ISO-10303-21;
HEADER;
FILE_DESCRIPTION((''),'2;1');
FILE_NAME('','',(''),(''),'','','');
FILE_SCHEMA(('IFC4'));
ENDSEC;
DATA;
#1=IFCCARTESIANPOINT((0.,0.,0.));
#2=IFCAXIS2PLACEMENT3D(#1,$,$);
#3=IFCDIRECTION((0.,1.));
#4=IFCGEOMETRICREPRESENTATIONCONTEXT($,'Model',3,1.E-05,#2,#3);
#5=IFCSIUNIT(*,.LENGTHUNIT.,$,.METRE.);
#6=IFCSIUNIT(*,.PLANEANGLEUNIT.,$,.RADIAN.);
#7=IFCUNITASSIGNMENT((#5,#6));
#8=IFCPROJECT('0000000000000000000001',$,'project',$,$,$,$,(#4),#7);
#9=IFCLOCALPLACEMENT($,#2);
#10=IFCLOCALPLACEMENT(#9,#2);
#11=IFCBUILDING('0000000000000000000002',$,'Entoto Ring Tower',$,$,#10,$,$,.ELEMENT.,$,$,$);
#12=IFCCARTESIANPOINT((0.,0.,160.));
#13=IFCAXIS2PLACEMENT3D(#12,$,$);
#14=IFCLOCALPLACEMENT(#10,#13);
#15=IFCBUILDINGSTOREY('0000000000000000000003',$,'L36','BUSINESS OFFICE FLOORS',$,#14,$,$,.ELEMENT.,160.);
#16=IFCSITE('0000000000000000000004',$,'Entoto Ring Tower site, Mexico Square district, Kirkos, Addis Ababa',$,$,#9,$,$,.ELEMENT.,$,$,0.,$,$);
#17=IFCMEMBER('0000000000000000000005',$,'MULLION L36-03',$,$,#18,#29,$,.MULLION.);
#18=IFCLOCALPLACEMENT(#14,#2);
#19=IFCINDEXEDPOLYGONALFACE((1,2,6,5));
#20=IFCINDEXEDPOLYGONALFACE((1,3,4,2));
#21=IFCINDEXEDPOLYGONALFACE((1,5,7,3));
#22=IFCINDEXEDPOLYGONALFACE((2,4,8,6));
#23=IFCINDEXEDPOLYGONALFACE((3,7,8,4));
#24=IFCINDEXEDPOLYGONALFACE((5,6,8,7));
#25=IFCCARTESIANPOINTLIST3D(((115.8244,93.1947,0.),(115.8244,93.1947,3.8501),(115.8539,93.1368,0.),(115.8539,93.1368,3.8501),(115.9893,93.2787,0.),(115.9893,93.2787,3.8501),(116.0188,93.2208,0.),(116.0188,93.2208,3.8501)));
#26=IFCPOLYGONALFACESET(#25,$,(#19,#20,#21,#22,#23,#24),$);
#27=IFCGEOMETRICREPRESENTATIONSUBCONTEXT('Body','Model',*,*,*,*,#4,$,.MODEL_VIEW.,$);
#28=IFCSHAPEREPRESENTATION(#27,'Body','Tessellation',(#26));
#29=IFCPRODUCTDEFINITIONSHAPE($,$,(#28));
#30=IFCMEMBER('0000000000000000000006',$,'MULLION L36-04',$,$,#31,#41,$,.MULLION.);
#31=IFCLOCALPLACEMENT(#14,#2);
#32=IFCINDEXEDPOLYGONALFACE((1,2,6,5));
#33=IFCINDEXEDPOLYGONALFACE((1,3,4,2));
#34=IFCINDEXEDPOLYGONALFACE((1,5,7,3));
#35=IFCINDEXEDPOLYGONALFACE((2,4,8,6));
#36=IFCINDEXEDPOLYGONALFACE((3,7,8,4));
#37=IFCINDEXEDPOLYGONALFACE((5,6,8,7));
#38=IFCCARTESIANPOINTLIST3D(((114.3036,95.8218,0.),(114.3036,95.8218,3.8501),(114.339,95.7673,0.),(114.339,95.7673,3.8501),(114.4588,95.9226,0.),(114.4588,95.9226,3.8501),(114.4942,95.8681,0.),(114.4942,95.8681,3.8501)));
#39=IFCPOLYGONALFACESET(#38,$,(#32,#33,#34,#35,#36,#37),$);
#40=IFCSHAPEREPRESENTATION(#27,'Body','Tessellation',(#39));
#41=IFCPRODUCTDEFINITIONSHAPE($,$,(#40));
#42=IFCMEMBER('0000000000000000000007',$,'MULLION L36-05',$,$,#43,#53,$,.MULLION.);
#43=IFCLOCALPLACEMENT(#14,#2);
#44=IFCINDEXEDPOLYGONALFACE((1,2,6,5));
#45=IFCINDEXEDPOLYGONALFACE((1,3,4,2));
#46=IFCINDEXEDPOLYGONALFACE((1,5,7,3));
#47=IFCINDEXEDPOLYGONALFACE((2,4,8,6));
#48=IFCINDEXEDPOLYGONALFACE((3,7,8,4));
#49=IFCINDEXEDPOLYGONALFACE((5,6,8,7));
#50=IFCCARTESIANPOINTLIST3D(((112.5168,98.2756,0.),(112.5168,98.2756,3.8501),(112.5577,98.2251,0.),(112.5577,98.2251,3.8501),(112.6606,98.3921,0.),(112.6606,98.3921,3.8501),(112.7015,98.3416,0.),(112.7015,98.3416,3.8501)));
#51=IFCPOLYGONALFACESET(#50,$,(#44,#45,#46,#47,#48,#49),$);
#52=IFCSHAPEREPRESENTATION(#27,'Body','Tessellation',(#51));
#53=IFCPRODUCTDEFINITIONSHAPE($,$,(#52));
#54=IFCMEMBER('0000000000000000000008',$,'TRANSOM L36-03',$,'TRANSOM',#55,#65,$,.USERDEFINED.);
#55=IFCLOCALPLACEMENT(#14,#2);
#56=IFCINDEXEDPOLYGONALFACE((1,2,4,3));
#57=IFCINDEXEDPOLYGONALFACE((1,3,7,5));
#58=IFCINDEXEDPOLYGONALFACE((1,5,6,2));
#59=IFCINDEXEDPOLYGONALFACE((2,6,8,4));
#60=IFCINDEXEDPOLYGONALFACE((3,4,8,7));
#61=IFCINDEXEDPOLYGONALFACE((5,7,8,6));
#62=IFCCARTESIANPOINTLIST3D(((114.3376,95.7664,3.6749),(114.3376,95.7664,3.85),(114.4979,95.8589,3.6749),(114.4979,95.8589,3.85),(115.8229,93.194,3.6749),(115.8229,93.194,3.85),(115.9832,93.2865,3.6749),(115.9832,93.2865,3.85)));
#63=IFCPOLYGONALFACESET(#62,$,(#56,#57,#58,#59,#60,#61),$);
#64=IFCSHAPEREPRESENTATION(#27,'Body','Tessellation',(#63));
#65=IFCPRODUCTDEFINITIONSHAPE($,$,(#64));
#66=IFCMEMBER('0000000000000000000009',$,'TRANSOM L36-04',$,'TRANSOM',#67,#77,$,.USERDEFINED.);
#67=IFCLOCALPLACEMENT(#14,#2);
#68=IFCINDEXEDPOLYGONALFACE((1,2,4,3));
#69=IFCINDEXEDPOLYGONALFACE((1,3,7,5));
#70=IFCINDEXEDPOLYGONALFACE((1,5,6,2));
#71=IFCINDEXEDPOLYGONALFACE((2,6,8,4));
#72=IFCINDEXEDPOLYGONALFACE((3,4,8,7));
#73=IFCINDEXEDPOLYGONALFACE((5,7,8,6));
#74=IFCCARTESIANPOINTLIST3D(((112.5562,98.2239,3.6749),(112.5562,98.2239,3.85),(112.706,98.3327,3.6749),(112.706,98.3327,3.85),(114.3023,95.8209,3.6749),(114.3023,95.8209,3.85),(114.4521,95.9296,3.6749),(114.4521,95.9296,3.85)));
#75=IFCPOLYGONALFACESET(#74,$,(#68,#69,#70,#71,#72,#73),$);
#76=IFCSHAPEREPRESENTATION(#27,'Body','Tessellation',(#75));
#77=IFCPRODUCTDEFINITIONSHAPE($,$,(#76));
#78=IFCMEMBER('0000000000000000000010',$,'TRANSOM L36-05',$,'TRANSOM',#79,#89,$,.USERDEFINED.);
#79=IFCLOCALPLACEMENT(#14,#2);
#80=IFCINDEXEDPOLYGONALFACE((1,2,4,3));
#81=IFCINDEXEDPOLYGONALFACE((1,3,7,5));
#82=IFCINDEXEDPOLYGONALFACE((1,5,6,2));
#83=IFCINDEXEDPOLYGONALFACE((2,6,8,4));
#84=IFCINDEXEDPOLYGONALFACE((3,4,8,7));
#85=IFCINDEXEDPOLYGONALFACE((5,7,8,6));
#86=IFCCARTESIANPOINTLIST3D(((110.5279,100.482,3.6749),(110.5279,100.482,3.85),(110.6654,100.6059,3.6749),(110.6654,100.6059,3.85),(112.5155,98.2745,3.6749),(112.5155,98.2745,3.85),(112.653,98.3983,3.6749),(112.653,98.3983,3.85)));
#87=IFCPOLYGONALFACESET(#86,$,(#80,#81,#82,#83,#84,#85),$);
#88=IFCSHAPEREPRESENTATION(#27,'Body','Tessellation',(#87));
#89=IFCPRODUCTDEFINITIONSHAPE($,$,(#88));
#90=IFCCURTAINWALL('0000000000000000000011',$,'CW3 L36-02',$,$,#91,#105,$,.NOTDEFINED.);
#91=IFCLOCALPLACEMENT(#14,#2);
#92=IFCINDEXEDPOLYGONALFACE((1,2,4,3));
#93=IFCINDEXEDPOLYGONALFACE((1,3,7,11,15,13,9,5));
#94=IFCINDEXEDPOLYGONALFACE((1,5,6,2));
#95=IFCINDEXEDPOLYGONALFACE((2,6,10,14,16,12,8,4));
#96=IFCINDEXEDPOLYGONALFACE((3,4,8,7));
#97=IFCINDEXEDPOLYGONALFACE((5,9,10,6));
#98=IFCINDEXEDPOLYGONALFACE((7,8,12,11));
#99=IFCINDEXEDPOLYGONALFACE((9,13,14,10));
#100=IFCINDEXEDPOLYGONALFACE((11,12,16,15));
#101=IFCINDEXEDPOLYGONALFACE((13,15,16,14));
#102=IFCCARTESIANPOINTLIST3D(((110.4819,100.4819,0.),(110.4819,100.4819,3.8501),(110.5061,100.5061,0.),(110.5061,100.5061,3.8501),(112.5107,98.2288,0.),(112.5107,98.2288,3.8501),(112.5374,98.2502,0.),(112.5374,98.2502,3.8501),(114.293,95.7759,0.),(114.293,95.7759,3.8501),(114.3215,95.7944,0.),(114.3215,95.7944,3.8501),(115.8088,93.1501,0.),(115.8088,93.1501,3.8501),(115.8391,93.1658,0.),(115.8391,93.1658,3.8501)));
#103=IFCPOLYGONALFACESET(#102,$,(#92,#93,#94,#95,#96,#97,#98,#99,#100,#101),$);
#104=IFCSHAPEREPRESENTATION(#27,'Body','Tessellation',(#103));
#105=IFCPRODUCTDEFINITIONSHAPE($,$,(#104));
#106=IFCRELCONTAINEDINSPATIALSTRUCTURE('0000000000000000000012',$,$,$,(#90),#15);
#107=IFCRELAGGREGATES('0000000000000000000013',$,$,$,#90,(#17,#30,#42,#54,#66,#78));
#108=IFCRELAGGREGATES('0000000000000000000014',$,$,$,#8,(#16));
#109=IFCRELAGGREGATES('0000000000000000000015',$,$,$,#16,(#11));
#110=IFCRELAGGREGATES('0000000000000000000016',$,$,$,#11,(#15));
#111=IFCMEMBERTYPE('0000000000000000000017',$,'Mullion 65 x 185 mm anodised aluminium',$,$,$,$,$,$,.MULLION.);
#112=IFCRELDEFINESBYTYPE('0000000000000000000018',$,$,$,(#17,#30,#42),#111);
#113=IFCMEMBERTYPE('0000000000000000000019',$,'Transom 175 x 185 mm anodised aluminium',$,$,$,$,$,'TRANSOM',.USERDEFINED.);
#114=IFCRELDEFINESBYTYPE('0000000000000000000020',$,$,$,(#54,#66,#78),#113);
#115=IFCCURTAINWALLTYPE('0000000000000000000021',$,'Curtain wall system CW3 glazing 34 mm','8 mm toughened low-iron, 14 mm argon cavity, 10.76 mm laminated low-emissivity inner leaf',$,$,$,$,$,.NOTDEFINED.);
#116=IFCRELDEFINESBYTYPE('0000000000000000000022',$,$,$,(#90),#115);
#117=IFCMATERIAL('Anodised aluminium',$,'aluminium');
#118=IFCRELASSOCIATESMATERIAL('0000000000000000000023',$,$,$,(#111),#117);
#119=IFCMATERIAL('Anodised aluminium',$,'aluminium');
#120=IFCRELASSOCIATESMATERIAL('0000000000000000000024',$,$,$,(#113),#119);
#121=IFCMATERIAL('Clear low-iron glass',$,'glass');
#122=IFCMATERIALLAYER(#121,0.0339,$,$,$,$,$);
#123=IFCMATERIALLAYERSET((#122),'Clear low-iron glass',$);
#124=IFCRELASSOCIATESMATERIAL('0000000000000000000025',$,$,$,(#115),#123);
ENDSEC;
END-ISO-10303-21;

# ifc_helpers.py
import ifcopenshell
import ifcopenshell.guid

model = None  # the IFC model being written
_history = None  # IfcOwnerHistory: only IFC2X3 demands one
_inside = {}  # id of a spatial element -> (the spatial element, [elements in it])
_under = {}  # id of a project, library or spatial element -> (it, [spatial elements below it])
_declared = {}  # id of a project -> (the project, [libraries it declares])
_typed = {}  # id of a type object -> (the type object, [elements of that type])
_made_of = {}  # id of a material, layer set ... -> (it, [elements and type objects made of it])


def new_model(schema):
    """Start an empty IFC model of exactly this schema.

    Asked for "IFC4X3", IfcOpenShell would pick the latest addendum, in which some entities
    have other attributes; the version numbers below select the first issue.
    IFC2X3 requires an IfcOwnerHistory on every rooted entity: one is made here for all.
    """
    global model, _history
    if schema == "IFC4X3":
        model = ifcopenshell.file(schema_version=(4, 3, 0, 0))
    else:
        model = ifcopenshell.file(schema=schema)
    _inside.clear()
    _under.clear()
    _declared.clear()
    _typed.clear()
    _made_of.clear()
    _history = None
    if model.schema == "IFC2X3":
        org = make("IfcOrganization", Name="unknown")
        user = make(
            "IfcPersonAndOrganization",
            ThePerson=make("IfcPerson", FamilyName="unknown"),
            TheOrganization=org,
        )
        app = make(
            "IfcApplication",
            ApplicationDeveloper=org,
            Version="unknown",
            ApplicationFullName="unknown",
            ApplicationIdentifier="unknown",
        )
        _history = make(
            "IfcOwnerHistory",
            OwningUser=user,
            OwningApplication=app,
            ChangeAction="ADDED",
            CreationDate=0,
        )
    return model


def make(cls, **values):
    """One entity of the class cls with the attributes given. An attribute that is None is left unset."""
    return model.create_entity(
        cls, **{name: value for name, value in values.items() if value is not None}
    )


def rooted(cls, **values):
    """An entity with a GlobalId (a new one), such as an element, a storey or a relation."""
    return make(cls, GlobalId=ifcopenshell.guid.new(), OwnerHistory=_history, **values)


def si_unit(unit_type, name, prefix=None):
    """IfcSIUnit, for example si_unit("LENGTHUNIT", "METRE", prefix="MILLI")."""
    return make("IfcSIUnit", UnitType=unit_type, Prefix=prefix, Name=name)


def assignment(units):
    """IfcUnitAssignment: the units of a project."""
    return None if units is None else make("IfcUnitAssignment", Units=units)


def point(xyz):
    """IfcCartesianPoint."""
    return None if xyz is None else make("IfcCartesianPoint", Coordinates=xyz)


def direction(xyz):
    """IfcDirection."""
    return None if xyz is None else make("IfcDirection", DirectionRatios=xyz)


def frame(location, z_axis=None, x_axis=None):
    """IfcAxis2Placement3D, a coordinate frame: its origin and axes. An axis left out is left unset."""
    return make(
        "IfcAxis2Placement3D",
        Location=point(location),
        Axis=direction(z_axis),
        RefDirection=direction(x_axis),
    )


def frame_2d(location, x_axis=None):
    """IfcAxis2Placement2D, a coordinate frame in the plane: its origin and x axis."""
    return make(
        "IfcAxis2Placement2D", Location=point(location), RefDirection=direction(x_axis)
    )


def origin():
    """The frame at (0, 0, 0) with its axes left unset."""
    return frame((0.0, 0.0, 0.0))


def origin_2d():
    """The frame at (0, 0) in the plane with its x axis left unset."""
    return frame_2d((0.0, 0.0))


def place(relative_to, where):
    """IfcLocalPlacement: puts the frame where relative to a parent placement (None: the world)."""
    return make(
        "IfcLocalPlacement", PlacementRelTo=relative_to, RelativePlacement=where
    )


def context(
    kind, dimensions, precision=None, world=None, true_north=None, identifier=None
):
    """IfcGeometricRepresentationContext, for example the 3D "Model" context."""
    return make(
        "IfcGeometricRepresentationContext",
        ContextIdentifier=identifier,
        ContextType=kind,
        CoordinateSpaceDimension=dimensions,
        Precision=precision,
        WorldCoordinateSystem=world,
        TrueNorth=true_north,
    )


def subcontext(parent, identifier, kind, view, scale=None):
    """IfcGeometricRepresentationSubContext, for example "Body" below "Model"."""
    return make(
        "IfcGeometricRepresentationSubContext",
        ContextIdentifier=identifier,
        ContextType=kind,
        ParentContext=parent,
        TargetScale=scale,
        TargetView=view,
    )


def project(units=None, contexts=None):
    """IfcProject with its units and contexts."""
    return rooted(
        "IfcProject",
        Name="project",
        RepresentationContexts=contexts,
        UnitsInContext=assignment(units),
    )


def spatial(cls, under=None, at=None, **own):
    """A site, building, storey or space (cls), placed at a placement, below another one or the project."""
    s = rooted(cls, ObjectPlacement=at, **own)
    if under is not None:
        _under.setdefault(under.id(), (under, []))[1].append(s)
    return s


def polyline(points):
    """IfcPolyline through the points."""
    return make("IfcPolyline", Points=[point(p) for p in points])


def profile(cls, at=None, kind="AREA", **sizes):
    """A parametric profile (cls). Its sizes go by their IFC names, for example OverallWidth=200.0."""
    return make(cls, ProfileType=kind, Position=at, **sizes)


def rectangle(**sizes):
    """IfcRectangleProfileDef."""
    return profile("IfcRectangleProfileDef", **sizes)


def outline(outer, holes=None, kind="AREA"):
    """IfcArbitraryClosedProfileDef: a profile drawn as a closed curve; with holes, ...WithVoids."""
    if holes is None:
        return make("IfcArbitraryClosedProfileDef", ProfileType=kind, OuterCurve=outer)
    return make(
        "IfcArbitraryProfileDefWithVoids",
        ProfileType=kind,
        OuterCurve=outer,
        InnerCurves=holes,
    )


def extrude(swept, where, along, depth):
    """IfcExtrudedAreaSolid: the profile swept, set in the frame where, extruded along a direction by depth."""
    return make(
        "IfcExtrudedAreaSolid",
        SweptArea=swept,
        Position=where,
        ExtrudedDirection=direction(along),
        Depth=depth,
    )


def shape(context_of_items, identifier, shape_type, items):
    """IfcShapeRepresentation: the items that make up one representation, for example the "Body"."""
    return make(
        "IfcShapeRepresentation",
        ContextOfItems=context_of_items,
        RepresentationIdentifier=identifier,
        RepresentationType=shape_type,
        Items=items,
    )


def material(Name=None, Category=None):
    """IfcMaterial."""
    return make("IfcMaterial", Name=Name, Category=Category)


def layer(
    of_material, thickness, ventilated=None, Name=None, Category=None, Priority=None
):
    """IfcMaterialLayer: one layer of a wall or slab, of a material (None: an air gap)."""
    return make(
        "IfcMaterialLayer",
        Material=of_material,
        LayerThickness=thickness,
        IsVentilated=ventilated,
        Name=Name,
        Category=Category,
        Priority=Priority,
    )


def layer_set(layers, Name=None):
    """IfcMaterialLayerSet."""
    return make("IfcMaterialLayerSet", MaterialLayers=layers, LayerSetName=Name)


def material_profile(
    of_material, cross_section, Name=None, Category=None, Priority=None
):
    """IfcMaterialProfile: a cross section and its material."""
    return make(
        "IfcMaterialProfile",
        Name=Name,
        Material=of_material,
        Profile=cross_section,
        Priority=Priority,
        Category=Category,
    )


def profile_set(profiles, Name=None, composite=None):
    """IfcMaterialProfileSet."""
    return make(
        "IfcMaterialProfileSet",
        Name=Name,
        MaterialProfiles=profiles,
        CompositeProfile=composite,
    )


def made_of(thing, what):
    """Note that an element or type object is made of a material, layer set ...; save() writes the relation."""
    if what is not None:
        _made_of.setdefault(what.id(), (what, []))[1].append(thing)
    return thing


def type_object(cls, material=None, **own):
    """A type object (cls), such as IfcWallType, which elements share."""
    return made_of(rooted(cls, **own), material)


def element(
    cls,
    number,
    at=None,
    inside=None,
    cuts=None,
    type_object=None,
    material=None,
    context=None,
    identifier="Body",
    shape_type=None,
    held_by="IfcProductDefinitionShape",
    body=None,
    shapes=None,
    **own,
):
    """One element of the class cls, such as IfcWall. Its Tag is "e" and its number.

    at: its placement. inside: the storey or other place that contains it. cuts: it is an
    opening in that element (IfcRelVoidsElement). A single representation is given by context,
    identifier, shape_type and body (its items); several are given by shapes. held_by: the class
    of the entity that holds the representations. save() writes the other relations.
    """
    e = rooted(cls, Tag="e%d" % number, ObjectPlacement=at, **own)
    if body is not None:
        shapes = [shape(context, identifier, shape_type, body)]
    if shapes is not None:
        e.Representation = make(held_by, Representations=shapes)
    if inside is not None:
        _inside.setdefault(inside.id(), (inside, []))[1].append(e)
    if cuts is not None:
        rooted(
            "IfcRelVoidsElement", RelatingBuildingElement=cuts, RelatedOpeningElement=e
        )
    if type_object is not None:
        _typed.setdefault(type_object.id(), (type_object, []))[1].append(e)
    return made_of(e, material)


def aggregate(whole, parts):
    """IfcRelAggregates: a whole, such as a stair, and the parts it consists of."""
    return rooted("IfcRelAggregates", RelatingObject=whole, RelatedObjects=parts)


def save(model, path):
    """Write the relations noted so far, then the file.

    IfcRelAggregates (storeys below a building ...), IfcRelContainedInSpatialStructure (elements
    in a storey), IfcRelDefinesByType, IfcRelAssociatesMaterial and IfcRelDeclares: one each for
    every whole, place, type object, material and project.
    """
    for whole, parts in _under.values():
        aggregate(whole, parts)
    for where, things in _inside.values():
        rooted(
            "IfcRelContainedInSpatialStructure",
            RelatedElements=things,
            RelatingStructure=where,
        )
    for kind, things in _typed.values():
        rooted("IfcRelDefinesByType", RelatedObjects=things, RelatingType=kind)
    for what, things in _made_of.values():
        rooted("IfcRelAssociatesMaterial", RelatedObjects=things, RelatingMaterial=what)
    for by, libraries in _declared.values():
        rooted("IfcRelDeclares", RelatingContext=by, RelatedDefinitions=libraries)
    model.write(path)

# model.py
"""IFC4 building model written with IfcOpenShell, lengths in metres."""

from ifc_helpers import new_model, si_unit, direction, frame, origin, origin_2d, place, context, subcontext, project, spatial, polyline, rectangle, outline, extrude, material, layer, layer_set, material_profile, profile_set, type_object, element, aggregate, save


model = new_model("IFC4")

# Units and contexts
model_context = context("Model", 3, precision=1e-05, world=origin(), true_north=direction((0.0, 1.0)))
body_context = subcontext(model_context, "Body", "Model", "MODEL_VIEW")
ifc_project = project(units=[si_unit("LENGTHUNIT", "METRE"), si_unit("PLANEANGLEUNIT", "RADIAN")], contexts=[model_context])

# Members
ifc_material_1 = material(Name="Anodised aluminium", Category="aluminium")
ifc_material_profile_1 = material_profile(ifc_material_1, rectangle(XDim=0.0649, YDim=0.1851, at=origin_2d()), Name="Mullion 65 x 185 mm anodised aluminium")
ifc_profile_set_1 = profile_set([ifc_material_profile_1], Name="Anodised aluminium")
member_type_1 = type_object("IfcMemberType", Name="Mullion 65 x 185 mm anodised aluminium", PredefinedType="MULLION", material=ifc_profile_set_1)
site_placement = place(None, origin())
building_placement = place(site_placement, origin())
storey_placement = place(building_placement, frame((0.0, 0.0, 160.0)))
member_1_placement = place(storey_placement, frame((115.9216, 93.2078, 0.0), z_axis=(0.0, 0.0, 1.0), x_axis=(-0.45399, 0.891007, 0.0)))
member_1 = element("IfcMember", 1, at=member_1_placement, type_object=member_type_1, Name="MULLION L36-03", PredefinedType="MULLION", context=body_context, shape_type="SweptSolid", body=[
    extrude(rectangle(XDim=0.0649, YDim=0.1851, at=origin_2d()), origin(), (0.0, 0.0, 1.0), 3.8501),
])
member_2_placement = place(storey_placement, frame((114.3989, 95.845, 0.0), z_axis=(0.0, 0.0, 1.0), x_axis=(-0.544639, 0.838671, 0.0)))
member_2 = element("IfcMember", 2, at=member_2_placement, type_object=member_type_1, Name="MULLION L36-04", PredefinedType="MULLION", context=body_context, shape_type="SweptSolid", body=[
    extrude(rectangle(XDim=0.0649, YDim=0.1851, at=origin_2d()), origin(), (0.0, 0.0, 1.0), 3.8501),
])
member_3_placement = place(storey_placement, frame((112.6091, 98.3086, 0.0), z_axis=(0.0, 0.0, 1.0), x_axis=(-0.62932, 0.777146, 0.0)))
member_3 = element("IfcMember", 3, at=member_3_placement, type_object=member_type_1, Name="MULLION L36-05", PredefinedType="MULLION", context=body_context, shape_type="SweptSolid", body=[
    extrude(rectangle(XDim=0.0649, YDim=0.1851, at=origin_2d()), origin(), (0.0, 0.0, 1.0), 3.8501),
])
ifc_material_2 = material(Name="Anodised aluminium", Category="aluminium")
ifc_material_profile_2 = material_profile(ifc_material_2, rectangle(XDim=0.1851, YDim=0.175, at=origin_2d()), Name="Transom 175 x 185 mm anodised aluminium")
ifc_profile_set_2 = profile_set([ifc_material_profile_2], Name="Anodised aluminium")
member_type_2 = type_object("IfcMemberType", Name="Transom 175 x 185 mm anodised aluminium", ElementType="TRANSOM", PredefinedType="USERDEFINED", material=ifc_profile_set_2)
member_4_placement = place(storey_placement, frame((115.9031, 93.2402, 3.7625), z_axis=(-0.500028, 0.866009, 0.0), x_axis=(-0.866009, -0.500028, 0.0)))
member_4 = element("IfcMember", 4, at=member_4_placement, type_object=member_type_2, Name="TRANSOM L36-03", ObjectType="TRANSOM", PredefinedType="USERDEFINED", context=body_context, shape_type="SweptSolid", body=[
    extrude(rectangle(XDim=0.1851, YDim=0.175, at=origin_2d()), origin(), (0.0, 0.0, 1.0), 2.9705),
])
member_5_placement = place(storey_placement, frame((114.3772, 95.8752, 3.7625), z_axis=(-0.58782, 0.808992, 0.0), x_axis=(-0.808992, -0.58782, 0.0)))
member_5 = element("IfcMember", 5, at=member_5_placement, type_object=member_type_2, Name="TRANSOM L36-04", ObjectType="TRANSOM", PredefinedType="USERDEFINED", context=body_context, shape_type="SweptSolid", body=[
    extrude(rectangle(XDim=0.1851, YDim=0.175, at=origin_2d()), origin(), (0.0, 0.0, 1.0), 2.9705),
])
member_6_placement = place(storey_placement, frame((112.5842, 98.3364, 3.7625), z_axis=(-0.66911, 0.743163, 0.0), x_axis=(-0.743163, -0.66911, 0.0)))
member_6 = element("IfcMember", 6, at=member_6_placement, type_object=member_type_2, Name="TRANSOM L36-05", ObjectType="TRANSOM", PredefinedType="USERDEFINED", context=body_context, shape_type="SweptSolid", body=[
    extrude(rectangle(XDim=0.1851, YDim=0.175, at=origin_2d()), origin(), (0.0, 0.0, 1.0), 2.9705),
])

# Site, building, storey
site = spatial("IfcSite", under=ifc_project, at=site_placement, Name="Entoto Ring Tower site, Mexico Square district, Kirkos, Addis Ababa", CompositionType="ELEMENT", RefElevation=0.0)
building = spatial("IfcBuilding", under=site, at=building_placement, Name="Entoto Ring Tower", CompositionType="ELEMENT")
storey = spatial("IfcBuildingStorey", under=building, at=storey_placement, Name="L36", Description="BUSINESS OFFICE FLOORS", CompositionType="ELEMENT", Elevation=160.0)

# Curtain wall
ifc_material_3 = material(Name="Clear low-iron glass", Category="glass")
ifc_layer_1 = layer(ifc_material_3, 0.0339)
ifc_layer_set_1 = layer_set([ifc_layer_1], Name="Clear low-iron glass")
curtain_wall_type = type_object("IfcCurtainWallType", Name="Curtain wall system CW3 glazing 34 mm", Description="8 mm toughened low-iron, 14 mm argon cavity, 10.76 mm laminated low-emissivity inner leaf", PredefinedType="NOTDEFINED", material=ifc_layer_set_1)
curtain_wall_1_placement = place(storey_placement, origin())
curtain_wall_1 = element("IfcCurtainWall", 7, at=curtain_wall_1_placement, inside=storey, type_object=curtain_wall_type, Name="CW3 L36-02", PredefinedType="NOTDEFINED", context=body_context, shape_type="SweptSolid", body=[
    extrude(outline(polyline([(115.8391, 93.1658), (114.3215, 95.7944), (112.5374, 98.2502), (110.5061, 100.5061), (110.4819, 100.4819), (112.5107, 98.2288), (114.293, 95.7759), (115.8088, 93.1501), (115.8391, 93.1658)])), origin(), (0.0, 0.0, 1.0), 3.8501),
])
aggregate(curtain_wall_1, [member_1, member_2, member_3, member_4, member_5, member_6])

save(model, "model.ifc")
